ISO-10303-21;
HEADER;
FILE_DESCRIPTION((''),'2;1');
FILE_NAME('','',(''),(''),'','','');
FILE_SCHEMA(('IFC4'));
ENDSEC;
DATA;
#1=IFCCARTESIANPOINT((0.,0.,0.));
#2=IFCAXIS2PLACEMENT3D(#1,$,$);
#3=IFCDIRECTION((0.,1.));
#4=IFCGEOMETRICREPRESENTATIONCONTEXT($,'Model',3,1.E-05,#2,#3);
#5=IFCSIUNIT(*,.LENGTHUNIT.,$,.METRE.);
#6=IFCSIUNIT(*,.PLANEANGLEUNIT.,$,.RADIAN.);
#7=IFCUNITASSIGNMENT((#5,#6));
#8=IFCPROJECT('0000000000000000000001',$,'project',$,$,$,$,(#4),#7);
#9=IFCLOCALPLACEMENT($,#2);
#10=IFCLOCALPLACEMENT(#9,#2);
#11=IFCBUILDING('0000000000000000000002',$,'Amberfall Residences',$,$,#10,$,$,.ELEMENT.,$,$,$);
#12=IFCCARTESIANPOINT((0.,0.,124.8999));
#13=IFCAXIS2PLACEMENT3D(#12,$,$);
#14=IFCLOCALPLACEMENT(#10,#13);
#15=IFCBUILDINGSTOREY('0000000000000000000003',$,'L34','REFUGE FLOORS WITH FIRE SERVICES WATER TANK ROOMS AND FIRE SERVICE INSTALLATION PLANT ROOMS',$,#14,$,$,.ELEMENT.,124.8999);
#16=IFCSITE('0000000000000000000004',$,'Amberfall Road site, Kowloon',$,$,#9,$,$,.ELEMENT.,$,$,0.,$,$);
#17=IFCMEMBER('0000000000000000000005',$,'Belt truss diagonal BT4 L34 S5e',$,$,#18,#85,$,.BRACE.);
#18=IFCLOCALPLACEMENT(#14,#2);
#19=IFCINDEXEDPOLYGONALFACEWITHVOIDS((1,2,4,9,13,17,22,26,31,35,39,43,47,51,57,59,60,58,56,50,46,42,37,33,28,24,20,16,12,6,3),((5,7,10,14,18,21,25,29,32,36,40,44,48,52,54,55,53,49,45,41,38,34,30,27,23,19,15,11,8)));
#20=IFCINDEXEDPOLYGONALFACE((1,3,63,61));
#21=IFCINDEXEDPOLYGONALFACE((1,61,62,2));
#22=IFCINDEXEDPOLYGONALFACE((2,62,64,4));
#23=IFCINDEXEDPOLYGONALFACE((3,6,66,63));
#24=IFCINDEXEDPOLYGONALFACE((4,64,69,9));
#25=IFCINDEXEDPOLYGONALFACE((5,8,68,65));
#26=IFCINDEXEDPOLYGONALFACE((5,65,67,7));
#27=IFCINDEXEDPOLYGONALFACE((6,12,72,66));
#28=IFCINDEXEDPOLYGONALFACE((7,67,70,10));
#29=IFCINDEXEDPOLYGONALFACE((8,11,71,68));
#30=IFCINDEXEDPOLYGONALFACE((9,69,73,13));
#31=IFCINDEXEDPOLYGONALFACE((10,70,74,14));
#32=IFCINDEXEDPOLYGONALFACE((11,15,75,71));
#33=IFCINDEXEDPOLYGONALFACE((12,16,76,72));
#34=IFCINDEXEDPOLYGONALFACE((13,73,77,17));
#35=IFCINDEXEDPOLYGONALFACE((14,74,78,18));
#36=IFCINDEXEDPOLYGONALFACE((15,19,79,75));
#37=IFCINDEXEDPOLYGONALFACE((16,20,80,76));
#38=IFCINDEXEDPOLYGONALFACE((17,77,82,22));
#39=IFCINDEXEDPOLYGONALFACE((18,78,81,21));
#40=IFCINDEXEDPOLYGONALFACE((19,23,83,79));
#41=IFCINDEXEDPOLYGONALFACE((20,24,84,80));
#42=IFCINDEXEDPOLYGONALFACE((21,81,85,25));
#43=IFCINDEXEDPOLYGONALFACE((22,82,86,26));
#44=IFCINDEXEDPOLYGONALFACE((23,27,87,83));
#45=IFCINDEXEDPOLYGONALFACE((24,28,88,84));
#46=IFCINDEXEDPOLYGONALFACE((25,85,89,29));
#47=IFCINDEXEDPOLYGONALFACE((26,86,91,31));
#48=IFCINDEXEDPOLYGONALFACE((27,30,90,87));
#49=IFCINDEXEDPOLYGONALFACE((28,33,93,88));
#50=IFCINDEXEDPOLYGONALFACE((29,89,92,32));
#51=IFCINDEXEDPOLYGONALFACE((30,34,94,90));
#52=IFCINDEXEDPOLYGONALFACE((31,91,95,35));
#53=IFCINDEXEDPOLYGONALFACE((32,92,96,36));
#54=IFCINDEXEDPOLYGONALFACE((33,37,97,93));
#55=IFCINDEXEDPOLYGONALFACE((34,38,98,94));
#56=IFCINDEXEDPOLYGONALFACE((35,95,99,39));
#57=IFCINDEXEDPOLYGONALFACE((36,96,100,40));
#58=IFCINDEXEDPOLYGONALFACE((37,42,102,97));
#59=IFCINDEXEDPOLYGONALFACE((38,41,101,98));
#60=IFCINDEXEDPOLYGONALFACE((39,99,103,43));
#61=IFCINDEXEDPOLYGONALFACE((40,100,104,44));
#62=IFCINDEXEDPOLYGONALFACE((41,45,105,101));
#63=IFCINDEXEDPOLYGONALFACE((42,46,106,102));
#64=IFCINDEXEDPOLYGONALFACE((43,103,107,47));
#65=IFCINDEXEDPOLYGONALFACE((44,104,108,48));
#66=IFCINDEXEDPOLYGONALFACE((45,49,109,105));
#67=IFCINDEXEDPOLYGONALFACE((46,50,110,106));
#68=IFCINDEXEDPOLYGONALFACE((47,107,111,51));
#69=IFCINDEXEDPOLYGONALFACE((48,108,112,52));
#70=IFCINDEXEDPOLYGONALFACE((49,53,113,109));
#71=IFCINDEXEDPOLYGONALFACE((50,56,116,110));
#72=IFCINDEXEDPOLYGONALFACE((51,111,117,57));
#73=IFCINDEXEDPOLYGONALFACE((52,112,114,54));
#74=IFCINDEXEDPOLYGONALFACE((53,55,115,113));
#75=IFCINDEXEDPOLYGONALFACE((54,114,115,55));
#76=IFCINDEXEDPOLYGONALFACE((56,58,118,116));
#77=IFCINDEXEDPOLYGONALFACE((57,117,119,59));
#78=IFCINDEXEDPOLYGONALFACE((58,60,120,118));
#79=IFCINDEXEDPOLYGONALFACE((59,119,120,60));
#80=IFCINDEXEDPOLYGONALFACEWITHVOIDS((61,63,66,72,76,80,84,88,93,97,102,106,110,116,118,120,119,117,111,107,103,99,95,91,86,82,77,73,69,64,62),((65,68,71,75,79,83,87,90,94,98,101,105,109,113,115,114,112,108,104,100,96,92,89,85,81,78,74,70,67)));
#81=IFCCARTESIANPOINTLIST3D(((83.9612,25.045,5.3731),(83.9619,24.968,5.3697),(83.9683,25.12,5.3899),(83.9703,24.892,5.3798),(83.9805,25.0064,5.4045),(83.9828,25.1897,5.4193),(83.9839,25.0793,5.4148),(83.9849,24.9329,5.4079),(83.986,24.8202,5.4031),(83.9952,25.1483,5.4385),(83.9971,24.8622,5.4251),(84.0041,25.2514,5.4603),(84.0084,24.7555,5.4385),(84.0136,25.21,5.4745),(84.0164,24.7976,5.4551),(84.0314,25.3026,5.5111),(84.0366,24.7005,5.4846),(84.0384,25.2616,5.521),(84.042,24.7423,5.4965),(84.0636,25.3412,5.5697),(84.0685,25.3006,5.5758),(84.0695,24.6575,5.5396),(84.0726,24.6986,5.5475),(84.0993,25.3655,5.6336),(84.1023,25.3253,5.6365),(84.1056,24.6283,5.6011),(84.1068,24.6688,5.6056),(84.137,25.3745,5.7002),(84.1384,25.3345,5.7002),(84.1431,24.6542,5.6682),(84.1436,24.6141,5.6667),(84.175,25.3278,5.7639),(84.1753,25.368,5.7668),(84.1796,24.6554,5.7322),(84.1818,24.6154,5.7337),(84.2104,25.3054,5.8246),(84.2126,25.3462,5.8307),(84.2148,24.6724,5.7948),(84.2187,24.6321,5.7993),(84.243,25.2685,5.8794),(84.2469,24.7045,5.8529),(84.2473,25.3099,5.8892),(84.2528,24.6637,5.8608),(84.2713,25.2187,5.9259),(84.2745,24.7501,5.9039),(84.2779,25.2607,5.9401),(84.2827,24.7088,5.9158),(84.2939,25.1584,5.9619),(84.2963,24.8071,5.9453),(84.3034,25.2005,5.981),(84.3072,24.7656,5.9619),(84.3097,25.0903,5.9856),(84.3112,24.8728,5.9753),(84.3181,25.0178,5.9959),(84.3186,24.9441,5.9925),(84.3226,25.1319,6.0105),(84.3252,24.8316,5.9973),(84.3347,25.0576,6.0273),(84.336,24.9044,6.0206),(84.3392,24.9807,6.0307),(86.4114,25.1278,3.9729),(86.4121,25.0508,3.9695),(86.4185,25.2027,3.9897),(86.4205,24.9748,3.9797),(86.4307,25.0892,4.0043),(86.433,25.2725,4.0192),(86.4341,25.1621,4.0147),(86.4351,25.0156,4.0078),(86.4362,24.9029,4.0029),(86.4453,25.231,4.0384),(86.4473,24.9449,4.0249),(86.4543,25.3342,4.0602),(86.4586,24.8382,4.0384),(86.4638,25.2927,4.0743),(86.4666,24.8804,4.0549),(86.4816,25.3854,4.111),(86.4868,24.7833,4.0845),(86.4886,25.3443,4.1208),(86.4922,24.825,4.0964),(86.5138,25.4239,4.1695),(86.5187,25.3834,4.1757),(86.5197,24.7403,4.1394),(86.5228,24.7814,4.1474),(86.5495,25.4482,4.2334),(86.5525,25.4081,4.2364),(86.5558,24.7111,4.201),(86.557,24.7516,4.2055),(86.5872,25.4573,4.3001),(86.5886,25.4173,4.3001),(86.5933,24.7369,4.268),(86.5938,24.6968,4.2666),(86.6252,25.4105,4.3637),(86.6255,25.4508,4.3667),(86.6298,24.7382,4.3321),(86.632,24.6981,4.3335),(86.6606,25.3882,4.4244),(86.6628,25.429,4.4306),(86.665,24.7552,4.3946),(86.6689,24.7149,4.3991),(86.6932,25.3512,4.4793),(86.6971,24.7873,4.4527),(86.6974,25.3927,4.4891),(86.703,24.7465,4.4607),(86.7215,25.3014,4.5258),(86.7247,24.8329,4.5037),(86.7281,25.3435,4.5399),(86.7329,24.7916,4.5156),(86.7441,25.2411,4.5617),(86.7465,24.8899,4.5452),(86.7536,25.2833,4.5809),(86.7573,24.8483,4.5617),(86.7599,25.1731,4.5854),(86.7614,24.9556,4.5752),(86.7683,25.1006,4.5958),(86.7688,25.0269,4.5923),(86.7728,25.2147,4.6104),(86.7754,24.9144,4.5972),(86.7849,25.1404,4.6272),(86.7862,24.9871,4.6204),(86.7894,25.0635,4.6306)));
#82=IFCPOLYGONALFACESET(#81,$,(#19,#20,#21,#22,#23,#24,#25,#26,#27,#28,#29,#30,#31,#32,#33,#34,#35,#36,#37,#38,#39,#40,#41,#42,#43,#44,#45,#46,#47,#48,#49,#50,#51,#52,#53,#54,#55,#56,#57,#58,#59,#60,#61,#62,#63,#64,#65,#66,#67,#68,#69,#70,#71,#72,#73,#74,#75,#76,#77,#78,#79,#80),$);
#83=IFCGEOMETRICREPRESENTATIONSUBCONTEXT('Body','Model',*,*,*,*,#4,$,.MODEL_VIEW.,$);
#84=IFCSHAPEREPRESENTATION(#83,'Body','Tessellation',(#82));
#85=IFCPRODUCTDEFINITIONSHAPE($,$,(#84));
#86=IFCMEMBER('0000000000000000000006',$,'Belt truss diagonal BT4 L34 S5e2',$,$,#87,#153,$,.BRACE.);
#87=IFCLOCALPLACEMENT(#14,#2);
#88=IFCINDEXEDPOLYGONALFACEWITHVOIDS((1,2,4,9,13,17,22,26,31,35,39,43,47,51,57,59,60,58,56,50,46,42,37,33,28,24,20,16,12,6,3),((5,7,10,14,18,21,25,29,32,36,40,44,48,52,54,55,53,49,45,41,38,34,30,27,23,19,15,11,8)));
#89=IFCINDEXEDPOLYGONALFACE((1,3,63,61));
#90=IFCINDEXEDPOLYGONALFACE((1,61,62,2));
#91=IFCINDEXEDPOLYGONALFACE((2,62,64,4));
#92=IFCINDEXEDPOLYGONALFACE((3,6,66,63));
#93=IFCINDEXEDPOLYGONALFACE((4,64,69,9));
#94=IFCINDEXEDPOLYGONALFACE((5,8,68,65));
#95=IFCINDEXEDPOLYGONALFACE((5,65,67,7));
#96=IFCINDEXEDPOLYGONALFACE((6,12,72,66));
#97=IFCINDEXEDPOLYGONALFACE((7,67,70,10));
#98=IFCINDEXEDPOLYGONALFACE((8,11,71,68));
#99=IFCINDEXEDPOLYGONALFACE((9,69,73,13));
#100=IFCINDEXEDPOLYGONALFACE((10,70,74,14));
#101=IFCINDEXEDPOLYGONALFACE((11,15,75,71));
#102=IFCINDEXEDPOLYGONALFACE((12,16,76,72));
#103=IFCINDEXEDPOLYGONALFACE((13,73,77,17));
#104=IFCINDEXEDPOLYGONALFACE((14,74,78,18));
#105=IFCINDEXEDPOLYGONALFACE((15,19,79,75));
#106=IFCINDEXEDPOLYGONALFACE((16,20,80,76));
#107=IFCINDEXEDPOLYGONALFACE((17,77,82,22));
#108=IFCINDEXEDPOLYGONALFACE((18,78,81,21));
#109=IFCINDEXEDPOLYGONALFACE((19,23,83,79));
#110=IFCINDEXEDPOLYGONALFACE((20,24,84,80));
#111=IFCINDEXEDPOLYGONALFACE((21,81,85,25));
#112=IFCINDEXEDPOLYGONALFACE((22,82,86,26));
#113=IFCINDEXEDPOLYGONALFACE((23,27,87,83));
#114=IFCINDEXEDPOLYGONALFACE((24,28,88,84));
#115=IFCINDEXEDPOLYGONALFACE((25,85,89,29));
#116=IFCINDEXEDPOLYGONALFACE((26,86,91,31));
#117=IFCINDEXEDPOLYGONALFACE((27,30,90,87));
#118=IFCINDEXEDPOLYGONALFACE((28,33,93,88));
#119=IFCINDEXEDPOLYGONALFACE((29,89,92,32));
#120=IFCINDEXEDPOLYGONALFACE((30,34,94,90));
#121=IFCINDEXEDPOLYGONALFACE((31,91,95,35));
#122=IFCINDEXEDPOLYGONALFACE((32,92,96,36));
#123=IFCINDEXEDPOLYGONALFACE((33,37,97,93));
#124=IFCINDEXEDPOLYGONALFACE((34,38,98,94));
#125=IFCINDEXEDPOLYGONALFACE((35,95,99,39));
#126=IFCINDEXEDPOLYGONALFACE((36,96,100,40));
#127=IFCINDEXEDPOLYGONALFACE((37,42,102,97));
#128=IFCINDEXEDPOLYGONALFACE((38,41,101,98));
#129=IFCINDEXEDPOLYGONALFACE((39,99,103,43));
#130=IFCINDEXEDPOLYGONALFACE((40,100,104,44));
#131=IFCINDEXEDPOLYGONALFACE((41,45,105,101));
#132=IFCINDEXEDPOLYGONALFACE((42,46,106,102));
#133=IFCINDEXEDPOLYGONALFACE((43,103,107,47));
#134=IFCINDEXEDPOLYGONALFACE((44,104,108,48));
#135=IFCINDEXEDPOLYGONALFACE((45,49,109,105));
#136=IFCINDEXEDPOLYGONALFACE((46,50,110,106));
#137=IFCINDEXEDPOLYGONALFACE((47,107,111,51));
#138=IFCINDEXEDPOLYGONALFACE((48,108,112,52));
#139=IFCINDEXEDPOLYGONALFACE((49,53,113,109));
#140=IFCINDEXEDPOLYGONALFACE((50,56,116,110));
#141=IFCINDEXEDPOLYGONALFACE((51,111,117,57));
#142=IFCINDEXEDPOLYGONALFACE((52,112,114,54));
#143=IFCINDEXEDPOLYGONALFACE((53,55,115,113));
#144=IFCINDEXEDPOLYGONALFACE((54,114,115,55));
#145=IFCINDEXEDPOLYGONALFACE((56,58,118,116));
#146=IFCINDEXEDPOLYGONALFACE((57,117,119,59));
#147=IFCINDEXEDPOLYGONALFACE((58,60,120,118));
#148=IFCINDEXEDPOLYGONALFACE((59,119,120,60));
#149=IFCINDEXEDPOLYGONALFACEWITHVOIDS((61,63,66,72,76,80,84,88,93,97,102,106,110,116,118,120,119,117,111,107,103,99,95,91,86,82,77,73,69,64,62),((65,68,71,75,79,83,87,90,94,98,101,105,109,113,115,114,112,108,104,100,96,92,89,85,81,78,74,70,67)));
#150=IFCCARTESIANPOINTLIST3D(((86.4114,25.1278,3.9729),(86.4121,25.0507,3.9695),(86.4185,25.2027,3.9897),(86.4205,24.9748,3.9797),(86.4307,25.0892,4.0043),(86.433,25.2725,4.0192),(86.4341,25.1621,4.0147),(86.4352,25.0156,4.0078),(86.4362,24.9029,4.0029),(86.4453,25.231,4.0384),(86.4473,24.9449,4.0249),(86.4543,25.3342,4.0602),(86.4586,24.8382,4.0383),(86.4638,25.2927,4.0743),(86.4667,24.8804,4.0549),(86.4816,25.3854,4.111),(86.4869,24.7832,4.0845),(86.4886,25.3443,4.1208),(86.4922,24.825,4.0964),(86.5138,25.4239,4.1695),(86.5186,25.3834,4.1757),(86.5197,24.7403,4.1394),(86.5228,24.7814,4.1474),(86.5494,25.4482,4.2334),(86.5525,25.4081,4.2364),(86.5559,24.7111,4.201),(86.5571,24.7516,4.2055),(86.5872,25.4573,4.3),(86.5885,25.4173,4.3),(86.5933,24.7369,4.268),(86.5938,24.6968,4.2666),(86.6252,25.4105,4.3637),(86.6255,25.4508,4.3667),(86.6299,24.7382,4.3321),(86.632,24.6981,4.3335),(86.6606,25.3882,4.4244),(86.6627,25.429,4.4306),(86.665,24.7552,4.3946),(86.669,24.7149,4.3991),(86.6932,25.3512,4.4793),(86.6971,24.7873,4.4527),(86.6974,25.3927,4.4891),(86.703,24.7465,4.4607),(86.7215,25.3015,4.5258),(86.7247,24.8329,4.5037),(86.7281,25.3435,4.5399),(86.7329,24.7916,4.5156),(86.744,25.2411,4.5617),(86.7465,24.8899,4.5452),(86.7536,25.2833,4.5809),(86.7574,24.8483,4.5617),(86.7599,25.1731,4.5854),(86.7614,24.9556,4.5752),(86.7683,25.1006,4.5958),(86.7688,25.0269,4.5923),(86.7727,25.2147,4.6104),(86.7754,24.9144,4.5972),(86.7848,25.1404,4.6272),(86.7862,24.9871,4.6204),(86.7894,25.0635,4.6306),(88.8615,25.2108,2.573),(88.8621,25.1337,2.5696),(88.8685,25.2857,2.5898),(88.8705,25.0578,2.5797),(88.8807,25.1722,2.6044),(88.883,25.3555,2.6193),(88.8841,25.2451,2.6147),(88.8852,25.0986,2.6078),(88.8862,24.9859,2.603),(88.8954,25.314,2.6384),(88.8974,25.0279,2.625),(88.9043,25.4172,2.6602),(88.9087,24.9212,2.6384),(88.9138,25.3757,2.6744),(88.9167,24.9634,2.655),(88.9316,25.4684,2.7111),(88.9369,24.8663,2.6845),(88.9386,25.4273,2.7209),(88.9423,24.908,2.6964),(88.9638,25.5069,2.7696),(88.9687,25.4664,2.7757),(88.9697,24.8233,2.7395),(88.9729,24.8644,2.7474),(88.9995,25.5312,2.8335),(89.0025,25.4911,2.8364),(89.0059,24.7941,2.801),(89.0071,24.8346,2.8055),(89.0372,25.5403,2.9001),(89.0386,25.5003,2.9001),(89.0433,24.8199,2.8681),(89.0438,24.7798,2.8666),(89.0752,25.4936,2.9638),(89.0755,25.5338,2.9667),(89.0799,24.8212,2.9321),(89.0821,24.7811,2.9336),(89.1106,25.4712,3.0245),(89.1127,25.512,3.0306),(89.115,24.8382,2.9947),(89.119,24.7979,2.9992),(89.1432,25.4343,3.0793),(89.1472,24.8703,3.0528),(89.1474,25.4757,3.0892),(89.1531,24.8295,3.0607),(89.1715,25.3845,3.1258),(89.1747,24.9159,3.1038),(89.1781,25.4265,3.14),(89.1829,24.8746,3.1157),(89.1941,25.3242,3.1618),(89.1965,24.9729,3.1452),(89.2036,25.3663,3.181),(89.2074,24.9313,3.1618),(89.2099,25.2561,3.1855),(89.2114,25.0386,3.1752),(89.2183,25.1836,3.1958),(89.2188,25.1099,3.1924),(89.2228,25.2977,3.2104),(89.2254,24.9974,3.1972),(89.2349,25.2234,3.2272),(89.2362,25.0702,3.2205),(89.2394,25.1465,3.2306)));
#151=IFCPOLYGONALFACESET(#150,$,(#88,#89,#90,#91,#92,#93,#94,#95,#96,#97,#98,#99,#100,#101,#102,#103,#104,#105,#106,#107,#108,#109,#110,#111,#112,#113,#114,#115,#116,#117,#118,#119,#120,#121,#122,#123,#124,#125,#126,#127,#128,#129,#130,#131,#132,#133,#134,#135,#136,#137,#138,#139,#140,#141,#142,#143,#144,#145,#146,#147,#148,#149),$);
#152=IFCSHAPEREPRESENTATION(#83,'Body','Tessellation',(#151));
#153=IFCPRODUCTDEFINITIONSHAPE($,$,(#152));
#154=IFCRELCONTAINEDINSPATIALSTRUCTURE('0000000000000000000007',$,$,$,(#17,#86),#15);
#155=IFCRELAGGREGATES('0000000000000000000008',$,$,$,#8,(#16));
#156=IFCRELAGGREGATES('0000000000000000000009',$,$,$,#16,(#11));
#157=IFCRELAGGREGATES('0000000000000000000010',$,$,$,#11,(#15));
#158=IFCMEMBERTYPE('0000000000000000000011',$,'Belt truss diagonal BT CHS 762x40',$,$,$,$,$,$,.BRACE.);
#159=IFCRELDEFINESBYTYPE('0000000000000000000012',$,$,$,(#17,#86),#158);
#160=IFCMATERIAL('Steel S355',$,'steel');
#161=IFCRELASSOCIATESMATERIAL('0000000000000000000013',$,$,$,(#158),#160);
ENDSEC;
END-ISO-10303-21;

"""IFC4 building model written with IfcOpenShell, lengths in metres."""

from ifc_helpers import new_model, si_unit, direction, frame, origin, origin_2d, place, context, subcontext, project, spatial, hollow_circle, extrude, material, material_profile, profile_set, type_object, element, save


model = new_model("IFC4")

# Units and contexts
model_context = context("Model", 3, precision=1e-05, world=origin(), true_north=direction((0.0, 1.0)))
body_context = subcontext(model_context, "Body", "Model", "MODEL_VIEW")
ifc_project = project(units=[si_unit("LENGTHUNIT", "METRE"), si_unit("PLANEANGLEUNIT", "RADIAN")], contexts=[model_context])

# Site, building, storey
site_placement = place(None, origin())
site = spatial("IfcSite", under=ifc_project, at=site_placement, Name="Amberfall Road site, Kowloon", CompositionType="ELEMENT", RefElevation=0.0)
building_placement = place(site_placement, origin())
building = spatial("IfcBuilding", under=site, at=building_placement, Name="Amberfall Residences", CompositionType="ELEMENT")
storey_placement = place(building_placement, frame((0.0, 0.0, 124.8999)))
storey = spatial("IfcBuildingStorey", under=building, at=storey_placement, Name="L34", Description="REFUGE FLOORS WITH FIRE SERVICES WATER TANK ROOMS AND FIRE SERVICE INSTALLATION PLANT ROOMS", CompositionType="ELEMENT", Elevation=124.8999)

# Shared definitions
ifc_material_1 = material(Name="Steel S355", Category="steel")

# Members
ifc_material_profile_1 = material_profile(ifc_material_1, hollow_circle(Radius=0.3811, WallThickness=0.04, at=origin_2d()), Name="CHS 762x40")
ifc_profile_set_1 = profile_set([ifc_material_profile_1], Name="Steel S355")
member_type = type_object("IfcMemberType", Name="Belt truss diagonal BT CHS 762x40", PredefinedType="BRACE", material=ifc_profile_set_1)
member_1_placement = place(storey_placement, frame((84.1499, 24.9937, 5.7002), z_axis=(0.867865, 0.029315, -0.495935), x_axis=(-0.033759, 0.99943, 0.0)))
element("IfcMember", 1, at=member_1_placement, inside=storey, type_object=member_type, Name="Belt truss diagonal BT4 L34 S5e", PredefinedType="BRACE", context=body_context, shape_type="SweptSolid", body=[
    extrude(hollow_circle(Radius=0.3811, WallThickness=0.04, at=origin_2d()), origin(), (0.0, 0.0, 1.0), 2.8232),
])
member_2_placement = place(storey_placement, frame((86.6001, 25.0764, 4.3), z_axis=(0.867878, 0.029405, -0.495906), x_axis=(-0.033862, 0.999427, 0.0)))
element("IfcMember", 2, at=member_2_placement, inside=storey, type_object=member_type, Name="Belt truss diagonal BT4 L34 S5e2", PredefinedType="BRACE", context=body_context, shape_type="SweptSolid", body=[
    extrude(hollow_circle(Radius=0.3811, WallThickness=0.04, at=origin_2d()), origin(), (0.0, 0.0, 1.0), 2.823),
])

save(model, "model.ifc")
